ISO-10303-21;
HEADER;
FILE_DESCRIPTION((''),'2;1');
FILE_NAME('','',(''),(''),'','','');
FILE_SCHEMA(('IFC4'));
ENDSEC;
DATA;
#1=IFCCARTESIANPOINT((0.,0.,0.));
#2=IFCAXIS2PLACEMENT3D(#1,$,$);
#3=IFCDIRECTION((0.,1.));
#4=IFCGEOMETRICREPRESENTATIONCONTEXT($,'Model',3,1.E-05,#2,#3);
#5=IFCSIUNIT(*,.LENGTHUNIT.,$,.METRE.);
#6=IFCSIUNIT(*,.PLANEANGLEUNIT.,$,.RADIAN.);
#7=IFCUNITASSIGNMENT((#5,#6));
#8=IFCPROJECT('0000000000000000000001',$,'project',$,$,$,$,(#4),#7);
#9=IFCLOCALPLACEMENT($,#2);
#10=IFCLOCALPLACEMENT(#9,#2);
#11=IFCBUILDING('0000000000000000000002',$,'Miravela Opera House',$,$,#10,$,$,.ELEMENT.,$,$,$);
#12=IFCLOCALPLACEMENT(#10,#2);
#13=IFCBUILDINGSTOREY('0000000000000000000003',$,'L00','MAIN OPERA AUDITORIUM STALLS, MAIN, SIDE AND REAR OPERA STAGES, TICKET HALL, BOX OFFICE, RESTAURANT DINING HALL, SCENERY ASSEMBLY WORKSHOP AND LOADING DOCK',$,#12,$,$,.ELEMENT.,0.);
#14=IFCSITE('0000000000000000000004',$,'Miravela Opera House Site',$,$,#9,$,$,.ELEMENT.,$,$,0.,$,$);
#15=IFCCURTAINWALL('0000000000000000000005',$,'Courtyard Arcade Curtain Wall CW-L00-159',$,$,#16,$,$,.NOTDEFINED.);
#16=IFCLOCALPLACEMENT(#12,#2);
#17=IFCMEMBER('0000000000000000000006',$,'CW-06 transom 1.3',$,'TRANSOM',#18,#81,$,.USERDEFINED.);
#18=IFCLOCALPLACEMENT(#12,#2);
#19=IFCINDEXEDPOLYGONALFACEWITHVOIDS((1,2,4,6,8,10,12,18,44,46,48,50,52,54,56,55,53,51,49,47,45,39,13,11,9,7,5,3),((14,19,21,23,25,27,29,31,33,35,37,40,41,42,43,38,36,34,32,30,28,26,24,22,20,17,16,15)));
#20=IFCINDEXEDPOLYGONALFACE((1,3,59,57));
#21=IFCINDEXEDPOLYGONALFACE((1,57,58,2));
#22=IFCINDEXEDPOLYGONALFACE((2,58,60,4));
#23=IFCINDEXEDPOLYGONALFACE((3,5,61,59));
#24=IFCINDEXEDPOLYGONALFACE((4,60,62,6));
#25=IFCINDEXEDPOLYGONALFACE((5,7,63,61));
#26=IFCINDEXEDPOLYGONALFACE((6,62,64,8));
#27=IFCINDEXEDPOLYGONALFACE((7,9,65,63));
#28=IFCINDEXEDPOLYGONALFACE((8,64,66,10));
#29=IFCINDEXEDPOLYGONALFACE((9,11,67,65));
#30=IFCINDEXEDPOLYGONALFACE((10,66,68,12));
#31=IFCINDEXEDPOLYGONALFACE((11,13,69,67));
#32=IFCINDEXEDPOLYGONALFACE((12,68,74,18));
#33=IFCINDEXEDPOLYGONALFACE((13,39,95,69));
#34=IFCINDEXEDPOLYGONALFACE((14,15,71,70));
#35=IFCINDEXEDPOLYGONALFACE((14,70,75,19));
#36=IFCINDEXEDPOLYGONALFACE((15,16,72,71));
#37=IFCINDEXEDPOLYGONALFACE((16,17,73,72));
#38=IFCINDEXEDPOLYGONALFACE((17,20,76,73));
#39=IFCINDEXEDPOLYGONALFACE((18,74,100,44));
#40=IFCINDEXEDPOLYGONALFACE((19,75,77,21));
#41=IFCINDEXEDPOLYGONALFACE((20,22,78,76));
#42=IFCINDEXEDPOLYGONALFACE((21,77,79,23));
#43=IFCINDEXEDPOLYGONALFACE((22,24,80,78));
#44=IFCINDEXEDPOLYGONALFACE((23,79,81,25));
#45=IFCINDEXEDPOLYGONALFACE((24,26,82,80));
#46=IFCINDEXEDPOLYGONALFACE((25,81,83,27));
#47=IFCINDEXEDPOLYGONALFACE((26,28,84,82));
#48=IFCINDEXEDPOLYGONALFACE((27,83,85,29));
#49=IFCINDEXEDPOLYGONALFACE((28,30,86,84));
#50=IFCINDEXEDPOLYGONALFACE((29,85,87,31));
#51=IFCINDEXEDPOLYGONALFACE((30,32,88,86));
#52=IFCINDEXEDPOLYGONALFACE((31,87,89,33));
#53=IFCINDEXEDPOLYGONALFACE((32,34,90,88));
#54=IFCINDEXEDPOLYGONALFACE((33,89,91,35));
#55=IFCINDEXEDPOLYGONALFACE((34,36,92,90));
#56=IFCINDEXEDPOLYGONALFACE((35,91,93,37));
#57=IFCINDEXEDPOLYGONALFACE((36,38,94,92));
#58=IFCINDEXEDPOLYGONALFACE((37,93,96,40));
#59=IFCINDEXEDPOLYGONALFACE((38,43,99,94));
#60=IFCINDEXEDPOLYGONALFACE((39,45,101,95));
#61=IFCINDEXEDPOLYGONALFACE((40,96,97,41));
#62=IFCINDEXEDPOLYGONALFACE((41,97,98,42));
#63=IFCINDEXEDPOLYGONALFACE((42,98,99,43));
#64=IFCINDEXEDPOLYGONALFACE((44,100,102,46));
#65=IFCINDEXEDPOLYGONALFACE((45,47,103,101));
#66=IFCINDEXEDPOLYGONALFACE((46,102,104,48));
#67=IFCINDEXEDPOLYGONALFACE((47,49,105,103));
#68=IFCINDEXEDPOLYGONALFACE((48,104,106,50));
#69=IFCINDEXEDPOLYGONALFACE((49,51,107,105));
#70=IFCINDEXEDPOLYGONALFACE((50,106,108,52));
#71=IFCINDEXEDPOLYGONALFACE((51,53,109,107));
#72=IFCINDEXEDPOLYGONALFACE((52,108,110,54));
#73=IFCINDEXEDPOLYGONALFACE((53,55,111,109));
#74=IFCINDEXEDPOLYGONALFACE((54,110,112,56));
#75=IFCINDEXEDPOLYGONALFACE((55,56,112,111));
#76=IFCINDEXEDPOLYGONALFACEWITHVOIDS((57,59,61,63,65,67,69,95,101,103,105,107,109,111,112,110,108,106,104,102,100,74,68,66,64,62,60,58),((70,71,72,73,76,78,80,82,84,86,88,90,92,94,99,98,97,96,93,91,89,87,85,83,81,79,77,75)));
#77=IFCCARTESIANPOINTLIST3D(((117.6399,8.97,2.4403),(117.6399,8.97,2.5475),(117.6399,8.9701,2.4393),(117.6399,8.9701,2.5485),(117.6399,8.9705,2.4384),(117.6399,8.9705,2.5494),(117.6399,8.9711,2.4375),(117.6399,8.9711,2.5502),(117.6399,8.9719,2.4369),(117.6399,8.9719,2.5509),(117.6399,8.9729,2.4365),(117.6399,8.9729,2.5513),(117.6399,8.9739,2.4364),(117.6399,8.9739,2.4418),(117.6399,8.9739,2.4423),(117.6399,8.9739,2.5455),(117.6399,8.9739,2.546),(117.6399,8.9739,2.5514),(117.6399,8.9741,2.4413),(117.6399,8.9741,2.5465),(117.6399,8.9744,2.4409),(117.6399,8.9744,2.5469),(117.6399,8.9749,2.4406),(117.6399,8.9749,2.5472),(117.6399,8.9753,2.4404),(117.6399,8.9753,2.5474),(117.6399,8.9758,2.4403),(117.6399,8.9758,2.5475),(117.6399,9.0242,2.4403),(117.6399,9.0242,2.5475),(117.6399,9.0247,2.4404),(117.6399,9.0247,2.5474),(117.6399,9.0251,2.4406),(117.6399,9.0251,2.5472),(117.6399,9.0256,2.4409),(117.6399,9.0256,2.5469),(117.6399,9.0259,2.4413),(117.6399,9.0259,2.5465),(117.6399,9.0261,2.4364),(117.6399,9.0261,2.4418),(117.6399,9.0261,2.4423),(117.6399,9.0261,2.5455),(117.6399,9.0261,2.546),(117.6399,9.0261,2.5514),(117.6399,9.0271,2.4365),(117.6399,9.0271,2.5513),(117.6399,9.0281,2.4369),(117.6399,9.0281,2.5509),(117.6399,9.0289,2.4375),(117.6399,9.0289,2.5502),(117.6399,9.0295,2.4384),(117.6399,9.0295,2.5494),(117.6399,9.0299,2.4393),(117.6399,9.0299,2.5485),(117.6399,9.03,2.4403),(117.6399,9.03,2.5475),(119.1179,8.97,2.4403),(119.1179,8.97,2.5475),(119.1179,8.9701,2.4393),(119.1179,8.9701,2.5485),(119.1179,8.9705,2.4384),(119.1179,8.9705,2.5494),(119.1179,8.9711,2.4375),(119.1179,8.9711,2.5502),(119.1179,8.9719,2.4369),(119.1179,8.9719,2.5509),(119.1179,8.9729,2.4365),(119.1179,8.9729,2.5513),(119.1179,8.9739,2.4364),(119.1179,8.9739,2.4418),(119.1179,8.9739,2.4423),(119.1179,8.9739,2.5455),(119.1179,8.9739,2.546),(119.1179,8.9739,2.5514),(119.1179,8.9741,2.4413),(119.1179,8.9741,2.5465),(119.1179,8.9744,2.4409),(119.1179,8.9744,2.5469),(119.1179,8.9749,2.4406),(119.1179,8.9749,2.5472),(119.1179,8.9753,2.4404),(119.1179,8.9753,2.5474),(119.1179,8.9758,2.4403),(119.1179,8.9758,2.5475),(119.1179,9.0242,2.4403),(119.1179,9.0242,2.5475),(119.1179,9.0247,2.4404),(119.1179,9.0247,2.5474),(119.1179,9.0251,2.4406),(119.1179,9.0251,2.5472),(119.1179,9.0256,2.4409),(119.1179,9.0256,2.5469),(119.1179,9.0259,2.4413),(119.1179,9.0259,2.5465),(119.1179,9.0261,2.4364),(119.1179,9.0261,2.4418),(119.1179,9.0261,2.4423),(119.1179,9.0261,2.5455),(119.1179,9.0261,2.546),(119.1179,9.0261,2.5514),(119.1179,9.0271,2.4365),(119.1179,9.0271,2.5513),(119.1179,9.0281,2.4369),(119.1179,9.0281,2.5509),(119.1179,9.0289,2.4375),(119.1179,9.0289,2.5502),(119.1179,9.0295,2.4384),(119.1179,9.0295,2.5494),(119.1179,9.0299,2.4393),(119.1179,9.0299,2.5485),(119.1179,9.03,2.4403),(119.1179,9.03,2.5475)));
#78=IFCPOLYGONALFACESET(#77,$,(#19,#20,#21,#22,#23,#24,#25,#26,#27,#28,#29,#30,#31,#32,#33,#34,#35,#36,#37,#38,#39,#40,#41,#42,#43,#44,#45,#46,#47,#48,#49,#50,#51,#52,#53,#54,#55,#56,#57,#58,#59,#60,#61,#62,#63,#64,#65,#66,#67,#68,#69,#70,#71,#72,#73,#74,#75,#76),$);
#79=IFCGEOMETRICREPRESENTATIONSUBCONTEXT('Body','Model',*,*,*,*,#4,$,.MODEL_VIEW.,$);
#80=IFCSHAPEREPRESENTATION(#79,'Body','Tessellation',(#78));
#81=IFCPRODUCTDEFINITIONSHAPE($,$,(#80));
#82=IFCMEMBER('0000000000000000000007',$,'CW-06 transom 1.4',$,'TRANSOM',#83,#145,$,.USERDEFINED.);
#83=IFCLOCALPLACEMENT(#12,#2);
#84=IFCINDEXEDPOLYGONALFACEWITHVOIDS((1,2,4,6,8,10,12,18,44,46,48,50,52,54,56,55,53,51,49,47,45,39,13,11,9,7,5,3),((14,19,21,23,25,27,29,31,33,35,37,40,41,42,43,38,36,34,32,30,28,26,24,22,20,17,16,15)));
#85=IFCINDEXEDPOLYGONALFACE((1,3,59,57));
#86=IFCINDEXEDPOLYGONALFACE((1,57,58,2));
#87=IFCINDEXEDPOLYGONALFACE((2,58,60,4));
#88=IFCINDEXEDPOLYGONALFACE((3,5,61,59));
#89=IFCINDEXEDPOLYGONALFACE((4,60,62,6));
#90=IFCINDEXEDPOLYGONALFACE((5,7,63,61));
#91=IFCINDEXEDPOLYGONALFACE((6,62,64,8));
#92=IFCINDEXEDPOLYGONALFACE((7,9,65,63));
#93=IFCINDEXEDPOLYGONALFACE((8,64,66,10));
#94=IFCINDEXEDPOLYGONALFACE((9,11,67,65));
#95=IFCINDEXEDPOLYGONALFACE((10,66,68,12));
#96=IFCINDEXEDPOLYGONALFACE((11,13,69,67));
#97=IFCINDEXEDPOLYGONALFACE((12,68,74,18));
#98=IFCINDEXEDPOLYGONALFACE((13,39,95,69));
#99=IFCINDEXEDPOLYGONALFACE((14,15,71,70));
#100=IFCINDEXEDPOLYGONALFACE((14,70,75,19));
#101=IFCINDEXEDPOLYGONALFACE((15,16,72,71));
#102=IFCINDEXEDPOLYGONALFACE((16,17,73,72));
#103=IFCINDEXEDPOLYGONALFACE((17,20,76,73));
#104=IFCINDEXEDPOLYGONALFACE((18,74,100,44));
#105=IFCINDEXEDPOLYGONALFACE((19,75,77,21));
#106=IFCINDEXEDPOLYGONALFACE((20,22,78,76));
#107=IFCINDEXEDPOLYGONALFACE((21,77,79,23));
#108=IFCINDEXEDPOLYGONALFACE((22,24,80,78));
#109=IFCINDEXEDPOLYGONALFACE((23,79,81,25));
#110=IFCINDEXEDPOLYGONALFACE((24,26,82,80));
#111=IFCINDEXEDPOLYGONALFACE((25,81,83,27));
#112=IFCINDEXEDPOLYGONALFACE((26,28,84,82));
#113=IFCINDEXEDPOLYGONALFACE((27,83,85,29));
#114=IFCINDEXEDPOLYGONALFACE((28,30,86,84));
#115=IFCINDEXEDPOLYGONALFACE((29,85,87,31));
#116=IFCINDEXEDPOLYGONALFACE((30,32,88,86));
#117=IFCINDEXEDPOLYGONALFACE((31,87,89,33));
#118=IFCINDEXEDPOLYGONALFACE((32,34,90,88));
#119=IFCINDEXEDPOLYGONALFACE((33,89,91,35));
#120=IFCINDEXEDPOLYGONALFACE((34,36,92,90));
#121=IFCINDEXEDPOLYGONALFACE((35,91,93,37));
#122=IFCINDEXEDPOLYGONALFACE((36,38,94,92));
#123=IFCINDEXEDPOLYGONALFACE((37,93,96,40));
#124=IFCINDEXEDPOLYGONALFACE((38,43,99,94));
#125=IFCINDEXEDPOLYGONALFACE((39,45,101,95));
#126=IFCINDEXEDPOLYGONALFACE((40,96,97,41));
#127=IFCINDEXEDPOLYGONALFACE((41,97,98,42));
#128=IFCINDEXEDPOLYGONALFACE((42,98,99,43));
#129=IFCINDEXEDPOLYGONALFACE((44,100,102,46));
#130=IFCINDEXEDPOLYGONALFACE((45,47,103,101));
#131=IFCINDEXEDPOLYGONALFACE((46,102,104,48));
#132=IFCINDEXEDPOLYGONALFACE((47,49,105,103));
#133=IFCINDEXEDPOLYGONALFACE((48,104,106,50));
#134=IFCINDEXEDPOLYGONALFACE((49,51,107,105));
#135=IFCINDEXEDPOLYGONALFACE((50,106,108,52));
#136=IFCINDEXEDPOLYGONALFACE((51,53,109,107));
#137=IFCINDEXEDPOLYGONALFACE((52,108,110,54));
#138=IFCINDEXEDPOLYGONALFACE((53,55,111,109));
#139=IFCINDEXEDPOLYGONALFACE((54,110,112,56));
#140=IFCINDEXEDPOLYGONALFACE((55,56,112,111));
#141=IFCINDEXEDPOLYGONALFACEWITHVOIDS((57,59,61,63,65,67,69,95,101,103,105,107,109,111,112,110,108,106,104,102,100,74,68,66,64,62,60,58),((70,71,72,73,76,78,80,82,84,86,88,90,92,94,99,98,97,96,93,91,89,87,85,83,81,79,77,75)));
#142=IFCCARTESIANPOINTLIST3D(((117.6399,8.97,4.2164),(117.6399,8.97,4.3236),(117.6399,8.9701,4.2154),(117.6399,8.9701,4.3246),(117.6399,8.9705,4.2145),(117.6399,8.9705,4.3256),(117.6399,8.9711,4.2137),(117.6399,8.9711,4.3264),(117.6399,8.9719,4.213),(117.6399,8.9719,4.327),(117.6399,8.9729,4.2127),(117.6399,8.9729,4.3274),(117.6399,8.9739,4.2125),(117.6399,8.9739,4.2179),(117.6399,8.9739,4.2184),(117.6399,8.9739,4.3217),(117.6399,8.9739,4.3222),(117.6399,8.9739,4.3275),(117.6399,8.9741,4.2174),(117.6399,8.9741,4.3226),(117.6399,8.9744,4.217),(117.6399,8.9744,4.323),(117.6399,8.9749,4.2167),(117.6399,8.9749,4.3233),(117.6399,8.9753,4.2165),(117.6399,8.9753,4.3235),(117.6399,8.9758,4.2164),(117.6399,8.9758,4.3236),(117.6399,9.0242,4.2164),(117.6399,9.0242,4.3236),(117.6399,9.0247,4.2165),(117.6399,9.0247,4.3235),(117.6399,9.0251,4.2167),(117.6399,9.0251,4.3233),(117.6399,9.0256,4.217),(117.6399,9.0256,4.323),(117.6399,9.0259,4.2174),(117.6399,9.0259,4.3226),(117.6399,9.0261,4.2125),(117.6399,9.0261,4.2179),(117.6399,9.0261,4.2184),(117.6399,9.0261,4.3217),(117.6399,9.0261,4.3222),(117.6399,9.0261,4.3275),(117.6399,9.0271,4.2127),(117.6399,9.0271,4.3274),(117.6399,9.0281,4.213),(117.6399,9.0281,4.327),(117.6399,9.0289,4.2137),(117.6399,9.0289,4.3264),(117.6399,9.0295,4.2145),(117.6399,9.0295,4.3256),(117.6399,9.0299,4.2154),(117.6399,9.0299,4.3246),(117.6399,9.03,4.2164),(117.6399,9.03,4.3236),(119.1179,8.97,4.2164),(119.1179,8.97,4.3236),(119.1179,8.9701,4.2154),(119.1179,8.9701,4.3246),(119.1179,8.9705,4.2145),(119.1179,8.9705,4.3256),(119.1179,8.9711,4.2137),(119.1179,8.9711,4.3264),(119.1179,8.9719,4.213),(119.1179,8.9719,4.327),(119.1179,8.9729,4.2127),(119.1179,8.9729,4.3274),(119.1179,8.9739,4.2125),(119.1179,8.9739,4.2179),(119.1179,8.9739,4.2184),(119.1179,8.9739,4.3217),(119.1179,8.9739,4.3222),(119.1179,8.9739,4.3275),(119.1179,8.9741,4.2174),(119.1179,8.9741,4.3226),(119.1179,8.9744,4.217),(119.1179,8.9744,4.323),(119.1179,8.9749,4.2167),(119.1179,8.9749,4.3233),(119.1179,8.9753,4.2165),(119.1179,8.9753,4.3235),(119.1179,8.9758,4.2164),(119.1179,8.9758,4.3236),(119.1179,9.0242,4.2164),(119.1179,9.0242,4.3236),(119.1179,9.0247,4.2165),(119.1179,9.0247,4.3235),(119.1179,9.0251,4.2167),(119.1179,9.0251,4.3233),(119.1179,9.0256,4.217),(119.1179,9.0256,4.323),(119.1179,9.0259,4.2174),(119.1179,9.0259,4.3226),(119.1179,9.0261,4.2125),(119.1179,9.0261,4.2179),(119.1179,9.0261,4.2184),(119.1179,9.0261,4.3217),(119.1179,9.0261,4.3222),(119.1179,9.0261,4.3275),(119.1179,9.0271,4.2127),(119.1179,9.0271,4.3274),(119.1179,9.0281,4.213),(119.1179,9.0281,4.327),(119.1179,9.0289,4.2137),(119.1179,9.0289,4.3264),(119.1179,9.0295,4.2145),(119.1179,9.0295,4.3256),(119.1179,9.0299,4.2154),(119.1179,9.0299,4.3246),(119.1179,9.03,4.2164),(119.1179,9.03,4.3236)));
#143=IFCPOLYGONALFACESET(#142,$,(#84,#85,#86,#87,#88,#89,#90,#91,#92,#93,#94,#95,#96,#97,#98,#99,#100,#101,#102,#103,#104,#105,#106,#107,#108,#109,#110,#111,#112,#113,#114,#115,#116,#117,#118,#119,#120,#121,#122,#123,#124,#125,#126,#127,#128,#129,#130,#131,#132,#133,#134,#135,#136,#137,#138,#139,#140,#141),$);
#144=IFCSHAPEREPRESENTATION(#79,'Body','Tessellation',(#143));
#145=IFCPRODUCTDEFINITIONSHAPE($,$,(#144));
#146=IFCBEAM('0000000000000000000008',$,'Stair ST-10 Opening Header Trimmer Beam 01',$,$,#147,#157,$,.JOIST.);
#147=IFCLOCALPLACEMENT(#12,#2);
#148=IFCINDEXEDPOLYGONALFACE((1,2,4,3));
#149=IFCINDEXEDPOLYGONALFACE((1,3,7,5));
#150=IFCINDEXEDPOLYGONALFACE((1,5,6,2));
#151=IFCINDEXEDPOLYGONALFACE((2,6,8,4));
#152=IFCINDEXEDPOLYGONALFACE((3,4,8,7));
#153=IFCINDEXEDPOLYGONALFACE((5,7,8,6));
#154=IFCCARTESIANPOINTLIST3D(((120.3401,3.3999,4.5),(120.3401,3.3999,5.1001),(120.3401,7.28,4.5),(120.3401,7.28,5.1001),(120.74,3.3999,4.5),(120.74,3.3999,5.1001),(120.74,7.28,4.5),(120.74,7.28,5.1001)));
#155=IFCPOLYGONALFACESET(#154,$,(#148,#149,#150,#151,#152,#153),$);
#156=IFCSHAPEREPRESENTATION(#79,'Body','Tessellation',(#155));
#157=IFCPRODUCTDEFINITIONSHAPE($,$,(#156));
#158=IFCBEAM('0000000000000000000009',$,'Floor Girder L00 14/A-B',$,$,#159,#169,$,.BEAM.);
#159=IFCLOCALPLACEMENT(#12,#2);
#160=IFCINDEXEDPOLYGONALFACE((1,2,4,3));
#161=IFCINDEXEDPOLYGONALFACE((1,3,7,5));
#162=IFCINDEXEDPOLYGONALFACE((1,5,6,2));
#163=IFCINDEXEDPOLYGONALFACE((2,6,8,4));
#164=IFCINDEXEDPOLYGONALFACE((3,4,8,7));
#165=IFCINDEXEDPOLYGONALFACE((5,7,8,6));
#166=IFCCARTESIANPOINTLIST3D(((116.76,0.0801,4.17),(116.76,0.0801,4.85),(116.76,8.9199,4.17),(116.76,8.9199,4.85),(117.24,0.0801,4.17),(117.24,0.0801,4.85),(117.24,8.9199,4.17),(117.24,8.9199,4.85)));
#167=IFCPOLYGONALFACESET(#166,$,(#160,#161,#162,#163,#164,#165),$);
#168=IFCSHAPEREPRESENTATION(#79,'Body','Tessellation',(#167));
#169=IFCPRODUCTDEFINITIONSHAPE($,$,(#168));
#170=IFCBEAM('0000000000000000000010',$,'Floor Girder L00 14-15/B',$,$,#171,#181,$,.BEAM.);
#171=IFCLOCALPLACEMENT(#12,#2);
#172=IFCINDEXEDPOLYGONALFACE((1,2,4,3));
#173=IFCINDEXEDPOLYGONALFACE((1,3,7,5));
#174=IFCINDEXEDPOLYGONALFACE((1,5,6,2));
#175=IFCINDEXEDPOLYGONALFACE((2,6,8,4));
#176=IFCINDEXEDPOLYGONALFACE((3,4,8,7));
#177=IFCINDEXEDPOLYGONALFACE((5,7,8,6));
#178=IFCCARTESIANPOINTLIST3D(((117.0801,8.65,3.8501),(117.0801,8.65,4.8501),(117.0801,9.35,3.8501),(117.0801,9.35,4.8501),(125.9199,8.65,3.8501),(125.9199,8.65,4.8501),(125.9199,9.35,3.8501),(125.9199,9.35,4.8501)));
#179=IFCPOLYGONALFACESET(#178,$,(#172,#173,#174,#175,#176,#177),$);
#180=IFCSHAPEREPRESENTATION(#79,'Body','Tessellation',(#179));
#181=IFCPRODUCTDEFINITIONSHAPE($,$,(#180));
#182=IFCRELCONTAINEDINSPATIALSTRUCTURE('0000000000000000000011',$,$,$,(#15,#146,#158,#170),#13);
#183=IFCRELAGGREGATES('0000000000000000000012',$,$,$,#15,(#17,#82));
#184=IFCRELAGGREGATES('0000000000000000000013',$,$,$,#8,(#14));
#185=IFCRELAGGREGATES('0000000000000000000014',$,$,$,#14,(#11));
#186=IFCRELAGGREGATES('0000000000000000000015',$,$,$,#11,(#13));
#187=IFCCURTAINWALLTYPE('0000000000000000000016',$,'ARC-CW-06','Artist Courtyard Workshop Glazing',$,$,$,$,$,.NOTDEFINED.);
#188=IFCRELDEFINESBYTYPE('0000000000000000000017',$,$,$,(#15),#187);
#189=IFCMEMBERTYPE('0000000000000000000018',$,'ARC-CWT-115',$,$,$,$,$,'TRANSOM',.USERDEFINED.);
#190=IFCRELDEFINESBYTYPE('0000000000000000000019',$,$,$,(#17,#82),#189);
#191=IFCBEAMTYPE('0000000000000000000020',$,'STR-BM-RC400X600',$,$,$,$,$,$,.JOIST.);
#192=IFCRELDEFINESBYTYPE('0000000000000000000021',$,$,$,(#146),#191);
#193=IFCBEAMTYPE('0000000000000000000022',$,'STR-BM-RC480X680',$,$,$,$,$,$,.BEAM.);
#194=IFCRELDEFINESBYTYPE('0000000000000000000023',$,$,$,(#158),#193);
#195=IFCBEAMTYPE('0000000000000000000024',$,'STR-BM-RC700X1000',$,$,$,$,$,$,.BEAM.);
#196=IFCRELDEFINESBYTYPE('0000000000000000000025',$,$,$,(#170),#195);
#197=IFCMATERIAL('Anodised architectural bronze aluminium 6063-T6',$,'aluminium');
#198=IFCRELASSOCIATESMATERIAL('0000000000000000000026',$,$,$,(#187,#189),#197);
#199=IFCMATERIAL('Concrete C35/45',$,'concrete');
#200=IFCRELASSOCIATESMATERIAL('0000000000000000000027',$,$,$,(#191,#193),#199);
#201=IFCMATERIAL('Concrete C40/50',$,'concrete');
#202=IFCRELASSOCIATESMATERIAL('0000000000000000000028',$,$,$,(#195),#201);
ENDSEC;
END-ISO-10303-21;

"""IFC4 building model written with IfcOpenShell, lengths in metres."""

from ifc_helpers import new_model, si_unit, direction, frame, origin, origin_2d, place, context, subcontext, project, spatial, rectangle, hollow_rectangle, extrude, material, material_profile, profile_set, type_object, element, aggregate, save


model = new_model("IFC4")

# Units and contexts
model_context = context("Model", 3, precision=1e-05, world=origin(), true_north=direction((0.0, 1.0)))
body_context = subcontext(model_context, "Body", "Model", "MODEL_VIEW")
ifc_project = project(units=[si_unit("LENGTHUNIT", "METRE"), si_unit("PLANEANGLEUNIT", "RADIAN")], contexts=[model_context])

# Site, building, storey
site_placement = place(None, origin())
site = spatial("IfcSite", under=ifc_project, at=site_placement, Name="Miravela Opera House Site", CompositionType="ELEMENT", RefElevation=0.0)
building_placement = place(site_placement, origin())
building = spatial("IfcBuilding", under=site, at=building_placement, Name="Miravela Opera House", CompositionType="ELEMENT")
storey_placement = place(building_placement, origin())
storey = spatial("IfcBuildingStorey", under=building, at=storey_placement, Name="L00", Description="MAIN OPERA AUDITORIUM STALLS, MAIN, SIDE AND REAR OPERA STAGES, TICKET HALL, BOX OFFICE, RESTAURANT DINING HALL, SCENERY ASSEMBLY WORKSHOP AND LOADING DOCK", CompositionType="ELEMENT", Elevation=0.0)

# Shared definitions
ifc_material_1 = material(Name="Concrete C35/45", Category="concrete")

# Curtain wall, members
ifc_material_2 = material(Name="Anodised architectural bronze aluminium 6063-T6", Category="aluminium")
curtain_wall_type = type_object("IfcCurtainWallType", Name="ARC-CW-06", Description="Artist Courtyard Workshop Glazing", PredefinedType="NOTDEFINED", material=ifc_material_2)
curtain_wall_placement = place(storey_placement, origin())
curtain_wall = element("IfcCurtainWall", 1, at=curtain_wall_placement, inside=storey, type_object=curtain_wall_type, Name="Courtyard Arcade Curtain Wall CW-L00-159", PredefinedType="NOTDEFINED")
ifc_material_profile_1 = material_profile(ifc_material_2, hollow_rectangle(XDim=0.0601, YDim=0.115, WallThickness=0.0039, InnerFilletRadius=0.002, OuterFilletRadius=0.0039, at=origin_2d()), Name="CWT-60X115")
ifc_profile_set_1 = profile_set([ifc_material_profile_1])
member_type_1 = type_object("IfcMemberType", Name="ARC-CWT-115", ElementType="TRANSOM", PredefinedType="USERDEFINED", material=ifc_profile_set_1)
member_1_placement = place(storey_placement, frame((117.6399, 9.0, 2.4939), z_axis=(1.0, 0.0, 0.0), x_axis=(0.0, 1.0, 0.0)))
member_1 = element("IfcMember", 2, at=member_1_placement, type_object=member_type_1, Name="CW-06 transom 1.3", ObjectType="TRANSOM", PredefinedType="USERDEFINED", context=body_context, shape_type="SweptSolid", body=[
    extrude(hollow_rectangle(XDim=0.0601, YDim=0.115, WallThickness=0.0039, InnerFilletRadius=0.002, OuterFilletRadius=0.0039, at=origin_2d()), origin(), (0.0, 0.0, 1.0), 1.478),
])
member_2_placement = place(storey_placement, frame((117.6399, 9.0, 4.27), z_axis=(1.0, 0.0, 0.0), x_axis=(0.0, 1.0, 0.0)))
member_2 = element("IfcMember", 3, at=member_2_placement, type_object=member_type_1, Name="CW-06 transom 1.4", ObjectType="TRANSOM", PredefinedType="USERDEFINED", context=body_context, shape_type="SweptSolid", body=[
    extrude(hollow_rectangle(XDim=0.0601, YDim=0.115, WallThickness=0.0039, InnerFilletRadius=0.002, OuterFilletRadius=0.0039, at=origin_2d()), origin(), (0.0, 0.0, 1.0), 1.478),
])

# Beams
ifc_material_profile_2 = material_profile(ifc_material_1, rectangle(XDim=0.3999, YDim=0.6001, at=origin_2d()), Name="RC-BM-400X600")
ifc_profile_set_2 = profile_set([ifc_material_profile_2])
beam_type_1 = type_object("IfcBeamType", Name="STR-BM-RC400X600", PredefinedType="JOIST", material=ifc_profile_set_2)
beam_1_placement = place(storey_placement, frame((120.54, 3.3999, 4.8), z_axis=(0.0, 1.0, 0.0), x_axis=(-1.0, 0.0, 0.0)))
element("IfcBeam", 4, at=beam_1_placement, inside=storey, type_object=beam_type_1, Name="Stair ST-10 Opening Header Trimmer Beam 01", PredefinedType="JOIST", context=body_context, shape_type="SweptSolid", body=[
    extrude(rectangle(XDim=0.3999, YDim=0.6001, at=origin_2d()), origin(), (0.0, 0.0, 1.0), 3.8801),
])
ifc_material_profile_3 = material_profile(ifc_material_1, rectangle(XDim=0.48, YDim=0.6799, at=origin_2d()), Name="RC-BM-480X680")
ifc_profile_set_3 = profile_set([ifc_material_profile_3])
beam_type_2 = type_object("IfcBeamType", Name="STR-BM-RC480X680", PredefinedType="BEAM", material=ifc_profile_set_3)
beam_2_placement = place(storey_placement, frame((117.0, 0.0801, 4.51), z_axis=(0.0, 1.0, 0.0), x_axis=(-1.0, 0.0, 0.0)))
element("IfcBeam", 5, at=beam_2_placement, inside=storey, type_object=beam_type_2, Name="Floor Girder L00 14/A-B", PredefinedType="BEAM", context=body_context, shape_type="SweptSolid", body=[
    extrude(rectangle(XDim=0.48, YDim=0.6799, at=origin_2d()), origin(), (0.0, 0.0, 1.0), 8.8398),
])
ifc_material_3 = material(Name="Concrete C40/50", Category="concrete")
ifc_material_profile_4 = material_profile(ifc_material_3, rectangle(XDim=0.7, YDim=1.0, at=origin_2d()), Name="RC-BM-700X1000")
ifc_profile_set_4 = profile_set([ifc_material_profile_4])
beam_type_3 = type_object("IfcBeamType", Name="STR-BM-RC700X1000", PredefinedType="BEAM", material=ifc_profile_set_4)
beam_3_placement = place(storey_placement, frame((117.0801, 9.0, 4.3501), z_axis=(1.0, 0.0, 0.0), x_axis=(0.0, 1.0, 0.0)))
element("IfcBeam", 6, at=beam_3_placement, inside=storey, type_object=beam_type_3, Name="Floor Girder L00 14-15/B", PredefinedType="BEAM", context=body_context, shape_type="SweptSolid", body=[
    extrude(rectangle(XDim=0.7, YDim=1.0, at=origin_2d()), origin(), (0.0, 0.0, 1.0), 8.8398),
])

aggregate(curtain_wall, [member_1, member_2])

save(model, "model.ifc")
